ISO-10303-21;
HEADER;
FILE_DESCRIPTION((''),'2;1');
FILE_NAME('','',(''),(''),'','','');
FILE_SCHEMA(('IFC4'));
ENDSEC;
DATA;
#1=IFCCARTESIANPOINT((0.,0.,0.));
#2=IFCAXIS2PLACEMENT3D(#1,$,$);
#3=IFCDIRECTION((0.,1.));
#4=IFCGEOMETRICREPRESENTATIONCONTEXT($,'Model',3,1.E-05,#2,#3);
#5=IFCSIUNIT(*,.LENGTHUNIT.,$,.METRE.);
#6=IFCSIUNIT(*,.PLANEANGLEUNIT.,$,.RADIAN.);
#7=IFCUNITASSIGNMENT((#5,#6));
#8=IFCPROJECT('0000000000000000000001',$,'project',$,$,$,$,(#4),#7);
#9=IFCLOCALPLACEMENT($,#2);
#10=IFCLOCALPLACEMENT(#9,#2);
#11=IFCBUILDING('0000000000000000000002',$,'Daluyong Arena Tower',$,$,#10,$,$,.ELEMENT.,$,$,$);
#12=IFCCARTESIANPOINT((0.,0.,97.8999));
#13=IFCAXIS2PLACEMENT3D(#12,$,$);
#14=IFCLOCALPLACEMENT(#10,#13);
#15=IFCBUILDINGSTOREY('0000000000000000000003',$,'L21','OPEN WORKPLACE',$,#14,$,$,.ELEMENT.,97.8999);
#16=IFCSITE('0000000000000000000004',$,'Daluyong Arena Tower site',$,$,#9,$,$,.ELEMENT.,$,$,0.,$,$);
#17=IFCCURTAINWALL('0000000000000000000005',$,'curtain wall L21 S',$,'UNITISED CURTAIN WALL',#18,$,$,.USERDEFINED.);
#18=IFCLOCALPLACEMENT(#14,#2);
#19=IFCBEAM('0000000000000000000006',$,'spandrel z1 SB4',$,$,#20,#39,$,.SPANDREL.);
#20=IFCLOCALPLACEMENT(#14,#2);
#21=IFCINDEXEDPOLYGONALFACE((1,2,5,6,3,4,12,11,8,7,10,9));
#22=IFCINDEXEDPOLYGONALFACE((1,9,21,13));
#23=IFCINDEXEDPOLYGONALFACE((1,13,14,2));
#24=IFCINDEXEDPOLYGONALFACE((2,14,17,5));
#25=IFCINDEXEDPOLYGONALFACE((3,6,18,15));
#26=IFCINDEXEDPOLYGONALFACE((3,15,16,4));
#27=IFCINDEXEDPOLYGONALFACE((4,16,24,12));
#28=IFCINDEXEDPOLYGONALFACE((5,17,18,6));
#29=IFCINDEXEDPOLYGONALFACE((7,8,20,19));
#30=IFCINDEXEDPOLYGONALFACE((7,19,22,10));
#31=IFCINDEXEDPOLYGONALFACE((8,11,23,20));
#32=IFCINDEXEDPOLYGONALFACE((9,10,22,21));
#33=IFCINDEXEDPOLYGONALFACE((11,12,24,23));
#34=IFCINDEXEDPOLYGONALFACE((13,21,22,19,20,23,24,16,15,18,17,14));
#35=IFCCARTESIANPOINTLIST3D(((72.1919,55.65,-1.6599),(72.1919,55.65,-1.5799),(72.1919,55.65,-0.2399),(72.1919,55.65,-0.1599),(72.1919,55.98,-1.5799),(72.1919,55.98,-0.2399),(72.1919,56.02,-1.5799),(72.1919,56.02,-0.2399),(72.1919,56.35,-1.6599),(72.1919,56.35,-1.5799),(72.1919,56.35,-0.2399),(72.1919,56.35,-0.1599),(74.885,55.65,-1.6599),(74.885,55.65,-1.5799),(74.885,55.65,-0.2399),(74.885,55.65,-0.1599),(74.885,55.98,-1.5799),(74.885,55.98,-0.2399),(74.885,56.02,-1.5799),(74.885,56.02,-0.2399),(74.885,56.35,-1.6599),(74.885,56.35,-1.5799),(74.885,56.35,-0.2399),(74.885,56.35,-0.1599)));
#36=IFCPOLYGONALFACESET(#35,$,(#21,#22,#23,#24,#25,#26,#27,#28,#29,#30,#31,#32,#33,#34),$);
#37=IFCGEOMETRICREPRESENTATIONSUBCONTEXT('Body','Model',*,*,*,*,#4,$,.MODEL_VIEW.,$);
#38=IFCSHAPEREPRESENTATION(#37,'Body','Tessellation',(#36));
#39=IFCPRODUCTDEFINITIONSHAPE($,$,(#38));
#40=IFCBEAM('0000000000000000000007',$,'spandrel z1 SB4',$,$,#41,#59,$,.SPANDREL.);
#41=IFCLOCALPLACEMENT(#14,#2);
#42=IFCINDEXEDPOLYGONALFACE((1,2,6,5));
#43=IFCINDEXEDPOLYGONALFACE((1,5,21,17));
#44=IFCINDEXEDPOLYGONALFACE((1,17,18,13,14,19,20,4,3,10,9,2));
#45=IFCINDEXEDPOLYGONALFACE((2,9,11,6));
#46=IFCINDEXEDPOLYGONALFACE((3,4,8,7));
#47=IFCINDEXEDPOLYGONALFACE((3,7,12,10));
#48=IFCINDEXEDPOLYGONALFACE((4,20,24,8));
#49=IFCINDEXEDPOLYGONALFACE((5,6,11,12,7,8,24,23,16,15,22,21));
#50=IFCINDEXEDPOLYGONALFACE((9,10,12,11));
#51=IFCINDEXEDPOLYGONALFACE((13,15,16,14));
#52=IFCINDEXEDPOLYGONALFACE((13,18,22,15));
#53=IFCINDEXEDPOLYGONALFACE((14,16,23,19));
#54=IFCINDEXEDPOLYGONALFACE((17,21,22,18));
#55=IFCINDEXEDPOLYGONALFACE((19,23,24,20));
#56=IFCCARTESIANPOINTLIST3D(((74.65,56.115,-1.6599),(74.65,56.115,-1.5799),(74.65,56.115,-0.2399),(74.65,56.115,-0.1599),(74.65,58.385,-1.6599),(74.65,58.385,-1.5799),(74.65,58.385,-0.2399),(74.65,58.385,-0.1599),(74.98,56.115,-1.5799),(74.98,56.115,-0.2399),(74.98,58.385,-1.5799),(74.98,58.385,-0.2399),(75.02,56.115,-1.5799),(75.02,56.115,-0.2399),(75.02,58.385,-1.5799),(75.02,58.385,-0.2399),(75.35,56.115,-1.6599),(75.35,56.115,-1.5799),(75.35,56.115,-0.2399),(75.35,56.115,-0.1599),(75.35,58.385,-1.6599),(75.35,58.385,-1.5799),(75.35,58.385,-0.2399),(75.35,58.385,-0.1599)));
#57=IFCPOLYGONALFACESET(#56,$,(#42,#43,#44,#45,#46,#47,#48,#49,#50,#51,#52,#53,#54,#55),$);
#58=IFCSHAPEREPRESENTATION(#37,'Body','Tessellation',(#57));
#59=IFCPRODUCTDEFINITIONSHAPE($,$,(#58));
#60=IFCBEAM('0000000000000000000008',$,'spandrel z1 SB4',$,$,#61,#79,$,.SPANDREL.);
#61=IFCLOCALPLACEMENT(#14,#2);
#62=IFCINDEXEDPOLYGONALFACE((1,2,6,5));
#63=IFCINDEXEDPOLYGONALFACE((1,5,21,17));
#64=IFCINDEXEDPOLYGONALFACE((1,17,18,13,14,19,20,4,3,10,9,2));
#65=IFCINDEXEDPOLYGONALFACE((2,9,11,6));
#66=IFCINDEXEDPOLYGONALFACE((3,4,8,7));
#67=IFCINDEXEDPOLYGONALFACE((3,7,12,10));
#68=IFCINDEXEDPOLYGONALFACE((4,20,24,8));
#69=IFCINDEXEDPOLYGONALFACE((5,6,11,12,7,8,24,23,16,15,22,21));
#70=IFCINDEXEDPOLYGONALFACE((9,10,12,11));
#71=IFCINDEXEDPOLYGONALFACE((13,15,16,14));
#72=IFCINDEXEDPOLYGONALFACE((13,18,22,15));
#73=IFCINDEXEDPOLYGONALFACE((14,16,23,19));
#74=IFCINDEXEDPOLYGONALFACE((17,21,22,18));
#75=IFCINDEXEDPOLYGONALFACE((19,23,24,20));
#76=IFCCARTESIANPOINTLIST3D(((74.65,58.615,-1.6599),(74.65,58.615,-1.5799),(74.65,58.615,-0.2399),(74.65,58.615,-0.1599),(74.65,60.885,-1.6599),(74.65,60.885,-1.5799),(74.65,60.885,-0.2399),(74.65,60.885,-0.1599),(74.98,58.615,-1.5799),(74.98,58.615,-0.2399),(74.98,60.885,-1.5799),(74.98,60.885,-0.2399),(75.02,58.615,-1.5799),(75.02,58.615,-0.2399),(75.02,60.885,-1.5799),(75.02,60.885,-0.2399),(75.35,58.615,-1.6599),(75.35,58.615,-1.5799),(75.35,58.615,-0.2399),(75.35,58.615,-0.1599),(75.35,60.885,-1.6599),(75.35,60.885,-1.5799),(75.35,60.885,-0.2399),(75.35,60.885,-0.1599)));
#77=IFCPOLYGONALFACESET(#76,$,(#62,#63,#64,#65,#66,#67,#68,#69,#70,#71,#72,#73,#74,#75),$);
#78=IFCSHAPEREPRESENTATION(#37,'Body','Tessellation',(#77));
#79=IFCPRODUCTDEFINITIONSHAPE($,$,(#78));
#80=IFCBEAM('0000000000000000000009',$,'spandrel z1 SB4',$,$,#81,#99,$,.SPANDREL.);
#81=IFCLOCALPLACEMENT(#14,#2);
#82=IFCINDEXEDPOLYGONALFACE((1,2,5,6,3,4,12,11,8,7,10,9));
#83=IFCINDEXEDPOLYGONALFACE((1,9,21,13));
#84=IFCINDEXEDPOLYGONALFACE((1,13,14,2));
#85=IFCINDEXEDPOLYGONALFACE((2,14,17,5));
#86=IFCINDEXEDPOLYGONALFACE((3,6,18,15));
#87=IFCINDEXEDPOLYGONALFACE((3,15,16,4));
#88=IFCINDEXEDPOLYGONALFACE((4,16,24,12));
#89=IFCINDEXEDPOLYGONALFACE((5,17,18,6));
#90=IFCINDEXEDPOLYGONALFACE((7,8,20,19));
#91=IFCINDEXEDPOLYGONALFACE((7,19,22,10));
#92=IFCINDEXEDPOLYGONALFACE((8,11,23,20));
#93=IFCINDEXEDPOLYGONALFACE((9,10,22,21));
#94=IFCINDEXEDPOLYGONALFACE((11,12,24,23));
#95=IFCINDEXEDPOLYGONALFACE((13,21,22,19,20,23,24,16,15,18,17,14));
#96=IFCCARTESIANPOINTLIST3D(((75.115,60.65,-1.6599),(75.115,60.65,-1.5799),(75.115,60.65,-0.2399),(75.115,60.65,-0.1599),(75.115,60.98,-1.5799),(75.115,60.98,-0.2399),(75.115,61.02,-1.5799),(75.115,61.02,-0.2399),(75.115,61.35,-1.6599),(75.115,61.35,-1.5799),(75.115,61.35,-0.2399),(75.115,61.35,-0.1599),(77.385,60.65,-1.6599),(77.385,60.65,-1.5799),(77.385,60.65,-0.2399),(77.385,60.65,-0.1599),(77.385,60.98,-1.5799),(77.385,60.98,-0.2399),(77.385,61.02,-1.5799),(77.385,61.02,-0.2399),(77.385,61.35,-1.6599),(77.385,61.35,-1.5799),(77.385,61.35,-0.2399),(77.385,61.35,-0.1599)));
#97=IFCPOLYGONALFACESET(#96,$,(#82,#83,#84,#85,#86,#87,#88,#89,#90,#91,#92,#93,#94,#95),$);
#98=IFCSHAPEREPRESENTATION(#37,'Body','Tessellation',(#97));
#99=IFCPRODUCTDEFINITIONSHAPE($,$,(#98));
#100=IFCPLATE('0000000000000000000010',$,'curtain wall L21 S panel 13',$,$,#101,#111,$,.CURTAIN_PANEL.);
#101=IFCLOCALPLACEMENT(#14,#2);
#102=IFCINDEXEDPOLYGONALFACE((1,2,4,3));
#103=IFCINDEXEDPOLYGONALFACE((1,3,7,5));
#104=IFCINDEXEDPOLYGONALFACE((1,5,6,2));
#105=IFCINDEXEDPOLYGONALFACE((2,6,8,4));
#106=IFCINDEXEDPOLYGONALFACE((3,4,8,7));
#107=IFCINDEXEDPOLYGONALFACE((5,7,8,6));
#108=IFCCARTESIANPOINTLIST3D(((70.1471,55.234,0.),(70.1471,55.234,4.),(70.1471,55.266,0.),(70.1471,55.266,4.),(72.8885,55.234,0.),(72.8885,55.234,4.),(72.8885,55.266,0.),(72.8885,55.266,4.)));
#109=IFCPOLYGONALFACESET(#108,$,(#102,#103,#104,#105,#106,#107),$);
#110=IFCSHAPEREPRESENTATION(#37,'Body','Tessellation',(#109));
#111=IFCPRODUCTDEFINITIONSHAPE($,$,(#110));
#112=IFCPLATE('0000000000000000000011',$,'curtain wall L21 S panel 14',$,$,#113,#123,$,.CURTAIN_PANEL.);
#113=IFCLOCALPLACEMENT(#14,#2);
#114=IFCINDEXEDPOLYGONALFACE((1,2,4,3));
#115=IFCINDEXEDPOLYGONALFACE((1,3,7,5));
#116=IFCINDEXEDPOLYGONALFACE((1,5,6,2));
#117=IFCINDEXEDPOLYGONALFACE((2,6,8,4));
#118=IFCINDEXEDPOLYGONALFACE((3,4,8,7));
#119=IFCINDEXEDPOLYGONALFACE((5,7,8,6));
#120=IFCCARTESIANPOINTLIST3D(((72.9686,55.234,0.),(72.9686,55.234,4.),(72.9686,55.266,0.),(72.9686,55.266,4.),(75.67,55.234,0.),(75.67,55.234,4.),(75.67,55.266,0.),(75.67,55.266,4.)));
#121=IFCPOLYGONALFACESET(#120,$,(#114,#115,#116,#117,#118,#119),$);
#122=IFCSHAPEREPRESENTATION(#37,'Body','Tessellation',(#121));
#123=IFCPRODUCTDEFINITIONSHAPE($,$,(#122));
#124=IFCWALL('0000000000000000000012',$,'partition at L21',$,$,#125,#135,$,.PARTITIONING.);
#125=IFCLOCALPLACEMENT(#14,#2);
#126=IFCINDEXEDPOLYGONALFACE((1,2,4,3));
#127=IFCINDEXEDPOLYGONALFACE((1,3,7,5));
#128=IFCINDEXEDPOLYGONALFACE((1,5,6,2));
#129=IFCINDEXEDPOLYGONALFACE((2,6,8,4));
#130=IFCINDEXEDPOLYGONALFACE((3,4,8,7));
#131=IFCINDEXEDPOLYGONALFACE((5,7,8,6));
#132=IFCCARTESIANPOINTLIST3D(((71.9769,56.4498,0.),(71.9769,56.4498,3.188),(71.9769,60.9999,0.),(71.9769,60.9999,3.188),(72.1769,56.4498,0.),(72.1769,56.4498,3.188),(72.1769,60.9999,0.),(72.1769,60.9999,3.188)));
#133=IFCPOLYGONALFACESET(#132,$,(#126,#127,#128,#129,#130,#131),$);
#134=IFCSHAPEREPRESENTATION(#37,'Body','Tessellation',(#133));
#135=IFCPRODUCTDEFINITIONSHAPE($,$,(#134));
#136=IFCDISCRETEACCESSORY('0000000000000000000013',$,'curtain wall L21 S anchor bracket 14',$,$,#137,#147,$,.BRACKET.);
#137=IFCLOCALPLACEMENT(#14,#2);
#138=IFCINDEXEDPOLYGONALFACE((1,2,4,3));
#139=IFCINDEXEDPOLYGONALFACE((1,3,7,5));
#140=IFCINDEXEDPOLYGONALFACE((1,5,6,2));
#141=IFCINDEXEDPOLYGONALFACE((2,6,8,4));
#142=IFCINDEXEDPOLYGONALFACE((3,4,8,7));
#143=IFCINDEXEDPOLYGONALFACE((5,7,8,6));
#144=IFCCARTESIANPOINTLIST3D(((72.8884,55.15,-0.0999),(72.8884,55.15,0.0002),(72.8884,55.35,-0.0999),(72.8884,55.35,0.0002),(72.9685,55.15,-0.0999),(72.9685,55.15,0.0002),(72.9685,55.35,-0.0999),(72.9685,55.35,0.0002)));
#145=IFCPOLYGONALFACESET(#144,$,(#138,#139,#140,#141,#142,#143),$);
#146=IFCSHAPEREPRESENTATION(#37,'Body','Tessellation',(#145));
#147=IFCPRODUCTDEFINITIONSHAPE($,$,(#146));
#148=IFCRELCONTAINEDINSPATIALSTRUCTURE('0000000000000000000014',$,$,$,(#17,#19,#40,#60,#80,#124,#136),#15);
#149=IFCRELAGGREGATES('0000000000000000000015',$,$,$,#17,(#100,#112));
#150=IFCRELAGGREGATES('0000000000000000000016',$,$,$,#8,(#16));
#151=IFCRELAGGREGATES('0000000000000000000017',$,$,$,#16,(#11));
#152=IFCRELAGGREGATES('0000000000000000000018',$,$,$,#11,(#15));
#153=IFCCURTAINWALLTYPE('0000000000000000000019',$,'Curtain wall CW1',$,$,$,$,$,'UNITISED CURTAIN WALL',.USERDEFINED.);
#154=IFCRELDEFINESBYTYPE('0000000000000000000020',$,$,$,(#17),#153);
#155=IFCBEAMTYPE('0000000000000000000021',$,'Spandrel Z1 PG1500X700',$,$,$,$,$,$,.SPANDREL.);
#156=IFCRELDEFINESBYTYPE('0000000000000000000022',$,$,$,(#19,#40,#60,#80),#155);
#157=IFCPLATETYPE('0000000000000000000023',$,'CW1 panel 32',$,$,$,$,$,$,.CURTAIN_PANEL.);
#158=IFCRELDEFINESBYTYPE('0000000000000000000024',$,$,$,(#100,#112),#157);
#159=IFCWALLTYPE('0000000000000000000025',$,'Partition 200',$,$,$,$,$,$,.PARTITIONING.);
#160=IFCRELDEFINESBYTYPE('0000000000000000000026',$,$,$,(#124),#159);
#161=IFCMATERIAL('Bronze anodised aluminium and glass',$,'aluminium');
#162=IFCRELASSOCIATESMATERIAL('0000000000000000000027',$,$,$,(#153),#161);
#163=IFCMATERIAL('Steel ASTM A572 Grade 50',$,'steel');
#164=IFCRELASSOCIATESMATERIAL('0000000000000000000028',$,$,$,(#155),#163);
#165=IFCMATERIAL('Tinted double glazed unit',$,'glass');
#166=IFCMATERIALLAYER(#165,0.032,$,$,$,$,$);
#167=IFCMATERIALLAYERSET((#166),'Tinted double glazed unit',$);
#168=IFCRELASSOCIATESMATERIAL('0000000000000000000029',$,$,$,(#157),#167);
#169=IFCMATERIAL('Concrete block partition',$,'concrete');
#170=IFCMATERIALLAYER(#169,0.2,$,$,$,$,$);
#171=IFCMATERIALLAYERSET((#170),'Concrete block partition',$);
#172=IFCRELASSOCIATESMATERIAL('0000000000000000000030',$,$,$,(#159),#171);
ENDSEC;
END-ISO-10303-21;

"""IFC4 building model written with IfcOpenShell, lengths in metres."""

from ifc_helpers import new_model, si_unit, direction, frame, frame_2d, origin, origin_2d, place, context, subcontext, project, spatial, rectangle, i_section, extrude, material, layer, layer_set, material_profile, profile_set, type_object, element, aggregate, save


model = new_model("IFC4")

# Units and contexts
model_context = context("Model", 3, precision=1e-05, world=origin(), true_north=direction((0.0, 1.0)))
body_context = subcontext(model_context, "Body", "Model", "MODEL_VIEW")
ifc_project = project(units=[si_unit("LENGTHUNIT", "METRE"), si_unit("PLANEANGLEUNIT", "RADIAN")], contexts=[model_context])

# Site, building, storey
site_placement = place(None, origin())
site = spatial("IfcSite", under=ifc_project, at=site_placement, Name="Daluyong Arena Tower site", CompositionType="ELEMENT", RefElevation=0.0)
building_placement = place(site_placement, origin())
building = spatial("IfcBuilding", under=site, at=building_placement, Name="Daluyong Arena Tower", CompositionType="ELEMENT")
storey_placement = place(building_placement, frame((0.0, 0.0, 97.8999)))
storey = spatial("IfcBuildingStorey", under=building, at=storey_placement, Name="L21", Description="OPEN WORKPLACE", CompositionType="ELEMENT", Elevation=97.8999)

# Curtain wall
ifc_material_1 = material(Name="Bronze anodised aluminium and glass", Category="aluminium")
curtain_wall_type_1 = type_object("IfcCurtainWallType", Name="Curtain wall CW1", ElementType="UNITISED CURTAIN WALL", PredefinedType="USERDEFINED", material=ifc_material_1)
curtain_wall_1_placement = place(storey_placement, origin())
curtain_wall_1 = element("IfcCurtainWall", 1, at=curtain_wall_1_placement, inside=storey, type_object=curtain_wall_type_1, Name="curtain wall L21 S", ObjectType="UNITISED CURTAIN WALL", PredefinedType="USERDEFINED")

# Beams
ifc_material_2 = material(Name="Steel ASTM A572 Grade 50", Category="steel")
ifc_material_profile_1 = material_profile(ifc_material_2, i_section(OverallWidth=0.7, OverallDepth=1.5, WebThickness=0.04, FlangeThickness=0.08, at=origin_2d()))
ifc_profile_set_1 = profile_set([ifc_material_profile_1], Name="Steel ASTM A572 Grade 50")
beam_type_1 = type_object("IfcBeamType", Name="Spandrel Z1 PG1500X700", PredefinedType="SPANDREL", material=ifc_profile_set_1)
beam_1_placement = place(storey_placement, frame((72.1919, 56.0, -0.9099), z_axis=(1.0, 0.0, 0.0), x_axis=(0.0, 1.0, 0.0)))
element("IfcBeam", 2, at=beam_1_placement, inside=storey, type_object=beam_type_1, Name="spandrel z1 SB4", PredefinedType="SPANDREL", context=body_context, shape_type="SweptSolid", body=[
    extrude(i_section(OverallWidth=0.7, OverallDepth=1.5, WebThickness=0.04, FlangeThickness=0.08, at=origin_2d()), origin(), (0.0, 0.0, 1.0), 2.6931),
])
for number, where, z_axis, x_axis, name in (
    (3, (75.0, 56.115, -0.9099), (0.0, 1.0, 0.0), (-1.0, 0.0, 0.0), "spandrel z1 SB4"),
    (4, (75.0, 58.615, -0.9099), (0.0, 1.0, 0.0), (-1.0, 0.0, 0.0), "spandrel z1 SB4"),
    (5, (75.115, 61.0, -0.9099), (1.0, 0.0, 0.0), (0.0, 1.0, 0.0), "spandrel z1 SB4"),
):
    element("IfcBeam", number, at=place(storey_placement, frame(where, z_axis=z_axis, x_axis=x_axis)), inside=storey, type_object=beam_type_1, Name=name, PredefinedType="SPANDREL", context=body_context, shape_type="SweptSolid", body=[
        extrude(i_section(OverallWidth=0.7, OverallDepth=1.5, WebThickness=0.04, FlangeThickness=0.08, at=origin_2d()), origin(), (0.0, 0.0, 1.0), 2.27),
    ])

# Plates
ifc_material_3 = material(Name="Tinted double glazed unit", Category="glass")
ifc_layer_1 = layer(ifc_material_3, 0.032)
ifc_layer_set_1 = layer_set([ifc_layer_1], Name="Tinted double glazed unit")
plate_type = type_object("IfcPlateType", Name="CW1 panel 32", PredefinedType="CURTAIN_PANEL", material=ifc_layer_set_1)
plate_1_placement = place(storey_placement, frame((71.5178, 55.25, 0.0), z_axis=(0.0, 0.0, 1.0), x_axis=(1.0, 0.0, 0.0)))
plate_1 = element("IfcPlate", 6, at=plate_1_placement, type_object=plate_type, Name="curtain wall L21 S panel 13", PredefinedType="CURTAIN_PANEL", context=body_context, shape_type="SweptSolid", body=[
    extrude(rectangle(XDim=2.7415, YDim=0.032, at=origin_2d()), origin(), (0.0, 0.0, 1.0), 4.0),
])
plate_2_placement = place(storey_placement, frame((74.3193, 55.25, 0.0), z_axis=(0.0, 0.0, 1.0), x_axis=(1.0, 0.0, 0.0)))
plate_2 = element("IfcPlate", 7, at=plate_2_placement, type_object=plate_type, Name="curtain wall L21 S panel 14", PredefinedType="CURTAIN_PANEL", context=body_context, shape_type="SweptSolid", body=[
    extrude(rectangle(XDim=2.7014, YDim=0.032, at=origin_2d()), origin(), (0.0, 0.0, 1.0), 4.0),
])
aggregate(curtain_wall_1, [plate_1, plate_2])

# Wall
ifc_material_4 = material(Name="Concrete block partition", Category="concrete")
ifc_layer_2 = layer(ifc_material_4, 0.2)
ifc_layer_set_2 = layer_set([ifc_layer_2], Name="Concrete block partition")
wall_type_1 = type_object("IfcWallType", Name="Partition 200", PredefinedType="PARTITIONING", material=ifc_layer_set_2)
wall_1_placement = place(storey_placement, frame((72.0769, 56.45, 0.0), z_axis=(0.0, 0.0, 1.0), x_axis=(0.0, 1.0, 0.0)))
element("IfcWall", 8, at=wall_1_placement, inside=storey, type_object=wall_type_1, Name="partition at L21", PredefinedType="PARTITIONING", context=body_context, shape_type="SweptSolid", body=[
    extrude(rectangle(XDim=4.55, YDim=0.2, at=frame_2d((2.2749, 0.0))), origin(), (0.0, 0.0, 1.0), 3.188),
])

# Discrete accessory
discrete_accessory_placement = place(storey_placement, frame((72.9285, 55.25, -0.0999), z_axis=(0.0, 0.0, 1.0), x_axis=(1.0, 0.0, 0.0)))
element("IfcDiscreteAccessory", 9, at=discrete_accessory_placement, inside=storey, Name="curtain wall L21 S anchor bracket 14", PredefinedType="BRACKET", context=body_context, shape_type="SweptSolid", body=[
    extrude(rectangle(XDim=0.0801, YDim=0.2, at=origin_2d()), origin(), (0.0, 0.0, 1.0), 0.1001),
])

save(model, "model.ifc")
